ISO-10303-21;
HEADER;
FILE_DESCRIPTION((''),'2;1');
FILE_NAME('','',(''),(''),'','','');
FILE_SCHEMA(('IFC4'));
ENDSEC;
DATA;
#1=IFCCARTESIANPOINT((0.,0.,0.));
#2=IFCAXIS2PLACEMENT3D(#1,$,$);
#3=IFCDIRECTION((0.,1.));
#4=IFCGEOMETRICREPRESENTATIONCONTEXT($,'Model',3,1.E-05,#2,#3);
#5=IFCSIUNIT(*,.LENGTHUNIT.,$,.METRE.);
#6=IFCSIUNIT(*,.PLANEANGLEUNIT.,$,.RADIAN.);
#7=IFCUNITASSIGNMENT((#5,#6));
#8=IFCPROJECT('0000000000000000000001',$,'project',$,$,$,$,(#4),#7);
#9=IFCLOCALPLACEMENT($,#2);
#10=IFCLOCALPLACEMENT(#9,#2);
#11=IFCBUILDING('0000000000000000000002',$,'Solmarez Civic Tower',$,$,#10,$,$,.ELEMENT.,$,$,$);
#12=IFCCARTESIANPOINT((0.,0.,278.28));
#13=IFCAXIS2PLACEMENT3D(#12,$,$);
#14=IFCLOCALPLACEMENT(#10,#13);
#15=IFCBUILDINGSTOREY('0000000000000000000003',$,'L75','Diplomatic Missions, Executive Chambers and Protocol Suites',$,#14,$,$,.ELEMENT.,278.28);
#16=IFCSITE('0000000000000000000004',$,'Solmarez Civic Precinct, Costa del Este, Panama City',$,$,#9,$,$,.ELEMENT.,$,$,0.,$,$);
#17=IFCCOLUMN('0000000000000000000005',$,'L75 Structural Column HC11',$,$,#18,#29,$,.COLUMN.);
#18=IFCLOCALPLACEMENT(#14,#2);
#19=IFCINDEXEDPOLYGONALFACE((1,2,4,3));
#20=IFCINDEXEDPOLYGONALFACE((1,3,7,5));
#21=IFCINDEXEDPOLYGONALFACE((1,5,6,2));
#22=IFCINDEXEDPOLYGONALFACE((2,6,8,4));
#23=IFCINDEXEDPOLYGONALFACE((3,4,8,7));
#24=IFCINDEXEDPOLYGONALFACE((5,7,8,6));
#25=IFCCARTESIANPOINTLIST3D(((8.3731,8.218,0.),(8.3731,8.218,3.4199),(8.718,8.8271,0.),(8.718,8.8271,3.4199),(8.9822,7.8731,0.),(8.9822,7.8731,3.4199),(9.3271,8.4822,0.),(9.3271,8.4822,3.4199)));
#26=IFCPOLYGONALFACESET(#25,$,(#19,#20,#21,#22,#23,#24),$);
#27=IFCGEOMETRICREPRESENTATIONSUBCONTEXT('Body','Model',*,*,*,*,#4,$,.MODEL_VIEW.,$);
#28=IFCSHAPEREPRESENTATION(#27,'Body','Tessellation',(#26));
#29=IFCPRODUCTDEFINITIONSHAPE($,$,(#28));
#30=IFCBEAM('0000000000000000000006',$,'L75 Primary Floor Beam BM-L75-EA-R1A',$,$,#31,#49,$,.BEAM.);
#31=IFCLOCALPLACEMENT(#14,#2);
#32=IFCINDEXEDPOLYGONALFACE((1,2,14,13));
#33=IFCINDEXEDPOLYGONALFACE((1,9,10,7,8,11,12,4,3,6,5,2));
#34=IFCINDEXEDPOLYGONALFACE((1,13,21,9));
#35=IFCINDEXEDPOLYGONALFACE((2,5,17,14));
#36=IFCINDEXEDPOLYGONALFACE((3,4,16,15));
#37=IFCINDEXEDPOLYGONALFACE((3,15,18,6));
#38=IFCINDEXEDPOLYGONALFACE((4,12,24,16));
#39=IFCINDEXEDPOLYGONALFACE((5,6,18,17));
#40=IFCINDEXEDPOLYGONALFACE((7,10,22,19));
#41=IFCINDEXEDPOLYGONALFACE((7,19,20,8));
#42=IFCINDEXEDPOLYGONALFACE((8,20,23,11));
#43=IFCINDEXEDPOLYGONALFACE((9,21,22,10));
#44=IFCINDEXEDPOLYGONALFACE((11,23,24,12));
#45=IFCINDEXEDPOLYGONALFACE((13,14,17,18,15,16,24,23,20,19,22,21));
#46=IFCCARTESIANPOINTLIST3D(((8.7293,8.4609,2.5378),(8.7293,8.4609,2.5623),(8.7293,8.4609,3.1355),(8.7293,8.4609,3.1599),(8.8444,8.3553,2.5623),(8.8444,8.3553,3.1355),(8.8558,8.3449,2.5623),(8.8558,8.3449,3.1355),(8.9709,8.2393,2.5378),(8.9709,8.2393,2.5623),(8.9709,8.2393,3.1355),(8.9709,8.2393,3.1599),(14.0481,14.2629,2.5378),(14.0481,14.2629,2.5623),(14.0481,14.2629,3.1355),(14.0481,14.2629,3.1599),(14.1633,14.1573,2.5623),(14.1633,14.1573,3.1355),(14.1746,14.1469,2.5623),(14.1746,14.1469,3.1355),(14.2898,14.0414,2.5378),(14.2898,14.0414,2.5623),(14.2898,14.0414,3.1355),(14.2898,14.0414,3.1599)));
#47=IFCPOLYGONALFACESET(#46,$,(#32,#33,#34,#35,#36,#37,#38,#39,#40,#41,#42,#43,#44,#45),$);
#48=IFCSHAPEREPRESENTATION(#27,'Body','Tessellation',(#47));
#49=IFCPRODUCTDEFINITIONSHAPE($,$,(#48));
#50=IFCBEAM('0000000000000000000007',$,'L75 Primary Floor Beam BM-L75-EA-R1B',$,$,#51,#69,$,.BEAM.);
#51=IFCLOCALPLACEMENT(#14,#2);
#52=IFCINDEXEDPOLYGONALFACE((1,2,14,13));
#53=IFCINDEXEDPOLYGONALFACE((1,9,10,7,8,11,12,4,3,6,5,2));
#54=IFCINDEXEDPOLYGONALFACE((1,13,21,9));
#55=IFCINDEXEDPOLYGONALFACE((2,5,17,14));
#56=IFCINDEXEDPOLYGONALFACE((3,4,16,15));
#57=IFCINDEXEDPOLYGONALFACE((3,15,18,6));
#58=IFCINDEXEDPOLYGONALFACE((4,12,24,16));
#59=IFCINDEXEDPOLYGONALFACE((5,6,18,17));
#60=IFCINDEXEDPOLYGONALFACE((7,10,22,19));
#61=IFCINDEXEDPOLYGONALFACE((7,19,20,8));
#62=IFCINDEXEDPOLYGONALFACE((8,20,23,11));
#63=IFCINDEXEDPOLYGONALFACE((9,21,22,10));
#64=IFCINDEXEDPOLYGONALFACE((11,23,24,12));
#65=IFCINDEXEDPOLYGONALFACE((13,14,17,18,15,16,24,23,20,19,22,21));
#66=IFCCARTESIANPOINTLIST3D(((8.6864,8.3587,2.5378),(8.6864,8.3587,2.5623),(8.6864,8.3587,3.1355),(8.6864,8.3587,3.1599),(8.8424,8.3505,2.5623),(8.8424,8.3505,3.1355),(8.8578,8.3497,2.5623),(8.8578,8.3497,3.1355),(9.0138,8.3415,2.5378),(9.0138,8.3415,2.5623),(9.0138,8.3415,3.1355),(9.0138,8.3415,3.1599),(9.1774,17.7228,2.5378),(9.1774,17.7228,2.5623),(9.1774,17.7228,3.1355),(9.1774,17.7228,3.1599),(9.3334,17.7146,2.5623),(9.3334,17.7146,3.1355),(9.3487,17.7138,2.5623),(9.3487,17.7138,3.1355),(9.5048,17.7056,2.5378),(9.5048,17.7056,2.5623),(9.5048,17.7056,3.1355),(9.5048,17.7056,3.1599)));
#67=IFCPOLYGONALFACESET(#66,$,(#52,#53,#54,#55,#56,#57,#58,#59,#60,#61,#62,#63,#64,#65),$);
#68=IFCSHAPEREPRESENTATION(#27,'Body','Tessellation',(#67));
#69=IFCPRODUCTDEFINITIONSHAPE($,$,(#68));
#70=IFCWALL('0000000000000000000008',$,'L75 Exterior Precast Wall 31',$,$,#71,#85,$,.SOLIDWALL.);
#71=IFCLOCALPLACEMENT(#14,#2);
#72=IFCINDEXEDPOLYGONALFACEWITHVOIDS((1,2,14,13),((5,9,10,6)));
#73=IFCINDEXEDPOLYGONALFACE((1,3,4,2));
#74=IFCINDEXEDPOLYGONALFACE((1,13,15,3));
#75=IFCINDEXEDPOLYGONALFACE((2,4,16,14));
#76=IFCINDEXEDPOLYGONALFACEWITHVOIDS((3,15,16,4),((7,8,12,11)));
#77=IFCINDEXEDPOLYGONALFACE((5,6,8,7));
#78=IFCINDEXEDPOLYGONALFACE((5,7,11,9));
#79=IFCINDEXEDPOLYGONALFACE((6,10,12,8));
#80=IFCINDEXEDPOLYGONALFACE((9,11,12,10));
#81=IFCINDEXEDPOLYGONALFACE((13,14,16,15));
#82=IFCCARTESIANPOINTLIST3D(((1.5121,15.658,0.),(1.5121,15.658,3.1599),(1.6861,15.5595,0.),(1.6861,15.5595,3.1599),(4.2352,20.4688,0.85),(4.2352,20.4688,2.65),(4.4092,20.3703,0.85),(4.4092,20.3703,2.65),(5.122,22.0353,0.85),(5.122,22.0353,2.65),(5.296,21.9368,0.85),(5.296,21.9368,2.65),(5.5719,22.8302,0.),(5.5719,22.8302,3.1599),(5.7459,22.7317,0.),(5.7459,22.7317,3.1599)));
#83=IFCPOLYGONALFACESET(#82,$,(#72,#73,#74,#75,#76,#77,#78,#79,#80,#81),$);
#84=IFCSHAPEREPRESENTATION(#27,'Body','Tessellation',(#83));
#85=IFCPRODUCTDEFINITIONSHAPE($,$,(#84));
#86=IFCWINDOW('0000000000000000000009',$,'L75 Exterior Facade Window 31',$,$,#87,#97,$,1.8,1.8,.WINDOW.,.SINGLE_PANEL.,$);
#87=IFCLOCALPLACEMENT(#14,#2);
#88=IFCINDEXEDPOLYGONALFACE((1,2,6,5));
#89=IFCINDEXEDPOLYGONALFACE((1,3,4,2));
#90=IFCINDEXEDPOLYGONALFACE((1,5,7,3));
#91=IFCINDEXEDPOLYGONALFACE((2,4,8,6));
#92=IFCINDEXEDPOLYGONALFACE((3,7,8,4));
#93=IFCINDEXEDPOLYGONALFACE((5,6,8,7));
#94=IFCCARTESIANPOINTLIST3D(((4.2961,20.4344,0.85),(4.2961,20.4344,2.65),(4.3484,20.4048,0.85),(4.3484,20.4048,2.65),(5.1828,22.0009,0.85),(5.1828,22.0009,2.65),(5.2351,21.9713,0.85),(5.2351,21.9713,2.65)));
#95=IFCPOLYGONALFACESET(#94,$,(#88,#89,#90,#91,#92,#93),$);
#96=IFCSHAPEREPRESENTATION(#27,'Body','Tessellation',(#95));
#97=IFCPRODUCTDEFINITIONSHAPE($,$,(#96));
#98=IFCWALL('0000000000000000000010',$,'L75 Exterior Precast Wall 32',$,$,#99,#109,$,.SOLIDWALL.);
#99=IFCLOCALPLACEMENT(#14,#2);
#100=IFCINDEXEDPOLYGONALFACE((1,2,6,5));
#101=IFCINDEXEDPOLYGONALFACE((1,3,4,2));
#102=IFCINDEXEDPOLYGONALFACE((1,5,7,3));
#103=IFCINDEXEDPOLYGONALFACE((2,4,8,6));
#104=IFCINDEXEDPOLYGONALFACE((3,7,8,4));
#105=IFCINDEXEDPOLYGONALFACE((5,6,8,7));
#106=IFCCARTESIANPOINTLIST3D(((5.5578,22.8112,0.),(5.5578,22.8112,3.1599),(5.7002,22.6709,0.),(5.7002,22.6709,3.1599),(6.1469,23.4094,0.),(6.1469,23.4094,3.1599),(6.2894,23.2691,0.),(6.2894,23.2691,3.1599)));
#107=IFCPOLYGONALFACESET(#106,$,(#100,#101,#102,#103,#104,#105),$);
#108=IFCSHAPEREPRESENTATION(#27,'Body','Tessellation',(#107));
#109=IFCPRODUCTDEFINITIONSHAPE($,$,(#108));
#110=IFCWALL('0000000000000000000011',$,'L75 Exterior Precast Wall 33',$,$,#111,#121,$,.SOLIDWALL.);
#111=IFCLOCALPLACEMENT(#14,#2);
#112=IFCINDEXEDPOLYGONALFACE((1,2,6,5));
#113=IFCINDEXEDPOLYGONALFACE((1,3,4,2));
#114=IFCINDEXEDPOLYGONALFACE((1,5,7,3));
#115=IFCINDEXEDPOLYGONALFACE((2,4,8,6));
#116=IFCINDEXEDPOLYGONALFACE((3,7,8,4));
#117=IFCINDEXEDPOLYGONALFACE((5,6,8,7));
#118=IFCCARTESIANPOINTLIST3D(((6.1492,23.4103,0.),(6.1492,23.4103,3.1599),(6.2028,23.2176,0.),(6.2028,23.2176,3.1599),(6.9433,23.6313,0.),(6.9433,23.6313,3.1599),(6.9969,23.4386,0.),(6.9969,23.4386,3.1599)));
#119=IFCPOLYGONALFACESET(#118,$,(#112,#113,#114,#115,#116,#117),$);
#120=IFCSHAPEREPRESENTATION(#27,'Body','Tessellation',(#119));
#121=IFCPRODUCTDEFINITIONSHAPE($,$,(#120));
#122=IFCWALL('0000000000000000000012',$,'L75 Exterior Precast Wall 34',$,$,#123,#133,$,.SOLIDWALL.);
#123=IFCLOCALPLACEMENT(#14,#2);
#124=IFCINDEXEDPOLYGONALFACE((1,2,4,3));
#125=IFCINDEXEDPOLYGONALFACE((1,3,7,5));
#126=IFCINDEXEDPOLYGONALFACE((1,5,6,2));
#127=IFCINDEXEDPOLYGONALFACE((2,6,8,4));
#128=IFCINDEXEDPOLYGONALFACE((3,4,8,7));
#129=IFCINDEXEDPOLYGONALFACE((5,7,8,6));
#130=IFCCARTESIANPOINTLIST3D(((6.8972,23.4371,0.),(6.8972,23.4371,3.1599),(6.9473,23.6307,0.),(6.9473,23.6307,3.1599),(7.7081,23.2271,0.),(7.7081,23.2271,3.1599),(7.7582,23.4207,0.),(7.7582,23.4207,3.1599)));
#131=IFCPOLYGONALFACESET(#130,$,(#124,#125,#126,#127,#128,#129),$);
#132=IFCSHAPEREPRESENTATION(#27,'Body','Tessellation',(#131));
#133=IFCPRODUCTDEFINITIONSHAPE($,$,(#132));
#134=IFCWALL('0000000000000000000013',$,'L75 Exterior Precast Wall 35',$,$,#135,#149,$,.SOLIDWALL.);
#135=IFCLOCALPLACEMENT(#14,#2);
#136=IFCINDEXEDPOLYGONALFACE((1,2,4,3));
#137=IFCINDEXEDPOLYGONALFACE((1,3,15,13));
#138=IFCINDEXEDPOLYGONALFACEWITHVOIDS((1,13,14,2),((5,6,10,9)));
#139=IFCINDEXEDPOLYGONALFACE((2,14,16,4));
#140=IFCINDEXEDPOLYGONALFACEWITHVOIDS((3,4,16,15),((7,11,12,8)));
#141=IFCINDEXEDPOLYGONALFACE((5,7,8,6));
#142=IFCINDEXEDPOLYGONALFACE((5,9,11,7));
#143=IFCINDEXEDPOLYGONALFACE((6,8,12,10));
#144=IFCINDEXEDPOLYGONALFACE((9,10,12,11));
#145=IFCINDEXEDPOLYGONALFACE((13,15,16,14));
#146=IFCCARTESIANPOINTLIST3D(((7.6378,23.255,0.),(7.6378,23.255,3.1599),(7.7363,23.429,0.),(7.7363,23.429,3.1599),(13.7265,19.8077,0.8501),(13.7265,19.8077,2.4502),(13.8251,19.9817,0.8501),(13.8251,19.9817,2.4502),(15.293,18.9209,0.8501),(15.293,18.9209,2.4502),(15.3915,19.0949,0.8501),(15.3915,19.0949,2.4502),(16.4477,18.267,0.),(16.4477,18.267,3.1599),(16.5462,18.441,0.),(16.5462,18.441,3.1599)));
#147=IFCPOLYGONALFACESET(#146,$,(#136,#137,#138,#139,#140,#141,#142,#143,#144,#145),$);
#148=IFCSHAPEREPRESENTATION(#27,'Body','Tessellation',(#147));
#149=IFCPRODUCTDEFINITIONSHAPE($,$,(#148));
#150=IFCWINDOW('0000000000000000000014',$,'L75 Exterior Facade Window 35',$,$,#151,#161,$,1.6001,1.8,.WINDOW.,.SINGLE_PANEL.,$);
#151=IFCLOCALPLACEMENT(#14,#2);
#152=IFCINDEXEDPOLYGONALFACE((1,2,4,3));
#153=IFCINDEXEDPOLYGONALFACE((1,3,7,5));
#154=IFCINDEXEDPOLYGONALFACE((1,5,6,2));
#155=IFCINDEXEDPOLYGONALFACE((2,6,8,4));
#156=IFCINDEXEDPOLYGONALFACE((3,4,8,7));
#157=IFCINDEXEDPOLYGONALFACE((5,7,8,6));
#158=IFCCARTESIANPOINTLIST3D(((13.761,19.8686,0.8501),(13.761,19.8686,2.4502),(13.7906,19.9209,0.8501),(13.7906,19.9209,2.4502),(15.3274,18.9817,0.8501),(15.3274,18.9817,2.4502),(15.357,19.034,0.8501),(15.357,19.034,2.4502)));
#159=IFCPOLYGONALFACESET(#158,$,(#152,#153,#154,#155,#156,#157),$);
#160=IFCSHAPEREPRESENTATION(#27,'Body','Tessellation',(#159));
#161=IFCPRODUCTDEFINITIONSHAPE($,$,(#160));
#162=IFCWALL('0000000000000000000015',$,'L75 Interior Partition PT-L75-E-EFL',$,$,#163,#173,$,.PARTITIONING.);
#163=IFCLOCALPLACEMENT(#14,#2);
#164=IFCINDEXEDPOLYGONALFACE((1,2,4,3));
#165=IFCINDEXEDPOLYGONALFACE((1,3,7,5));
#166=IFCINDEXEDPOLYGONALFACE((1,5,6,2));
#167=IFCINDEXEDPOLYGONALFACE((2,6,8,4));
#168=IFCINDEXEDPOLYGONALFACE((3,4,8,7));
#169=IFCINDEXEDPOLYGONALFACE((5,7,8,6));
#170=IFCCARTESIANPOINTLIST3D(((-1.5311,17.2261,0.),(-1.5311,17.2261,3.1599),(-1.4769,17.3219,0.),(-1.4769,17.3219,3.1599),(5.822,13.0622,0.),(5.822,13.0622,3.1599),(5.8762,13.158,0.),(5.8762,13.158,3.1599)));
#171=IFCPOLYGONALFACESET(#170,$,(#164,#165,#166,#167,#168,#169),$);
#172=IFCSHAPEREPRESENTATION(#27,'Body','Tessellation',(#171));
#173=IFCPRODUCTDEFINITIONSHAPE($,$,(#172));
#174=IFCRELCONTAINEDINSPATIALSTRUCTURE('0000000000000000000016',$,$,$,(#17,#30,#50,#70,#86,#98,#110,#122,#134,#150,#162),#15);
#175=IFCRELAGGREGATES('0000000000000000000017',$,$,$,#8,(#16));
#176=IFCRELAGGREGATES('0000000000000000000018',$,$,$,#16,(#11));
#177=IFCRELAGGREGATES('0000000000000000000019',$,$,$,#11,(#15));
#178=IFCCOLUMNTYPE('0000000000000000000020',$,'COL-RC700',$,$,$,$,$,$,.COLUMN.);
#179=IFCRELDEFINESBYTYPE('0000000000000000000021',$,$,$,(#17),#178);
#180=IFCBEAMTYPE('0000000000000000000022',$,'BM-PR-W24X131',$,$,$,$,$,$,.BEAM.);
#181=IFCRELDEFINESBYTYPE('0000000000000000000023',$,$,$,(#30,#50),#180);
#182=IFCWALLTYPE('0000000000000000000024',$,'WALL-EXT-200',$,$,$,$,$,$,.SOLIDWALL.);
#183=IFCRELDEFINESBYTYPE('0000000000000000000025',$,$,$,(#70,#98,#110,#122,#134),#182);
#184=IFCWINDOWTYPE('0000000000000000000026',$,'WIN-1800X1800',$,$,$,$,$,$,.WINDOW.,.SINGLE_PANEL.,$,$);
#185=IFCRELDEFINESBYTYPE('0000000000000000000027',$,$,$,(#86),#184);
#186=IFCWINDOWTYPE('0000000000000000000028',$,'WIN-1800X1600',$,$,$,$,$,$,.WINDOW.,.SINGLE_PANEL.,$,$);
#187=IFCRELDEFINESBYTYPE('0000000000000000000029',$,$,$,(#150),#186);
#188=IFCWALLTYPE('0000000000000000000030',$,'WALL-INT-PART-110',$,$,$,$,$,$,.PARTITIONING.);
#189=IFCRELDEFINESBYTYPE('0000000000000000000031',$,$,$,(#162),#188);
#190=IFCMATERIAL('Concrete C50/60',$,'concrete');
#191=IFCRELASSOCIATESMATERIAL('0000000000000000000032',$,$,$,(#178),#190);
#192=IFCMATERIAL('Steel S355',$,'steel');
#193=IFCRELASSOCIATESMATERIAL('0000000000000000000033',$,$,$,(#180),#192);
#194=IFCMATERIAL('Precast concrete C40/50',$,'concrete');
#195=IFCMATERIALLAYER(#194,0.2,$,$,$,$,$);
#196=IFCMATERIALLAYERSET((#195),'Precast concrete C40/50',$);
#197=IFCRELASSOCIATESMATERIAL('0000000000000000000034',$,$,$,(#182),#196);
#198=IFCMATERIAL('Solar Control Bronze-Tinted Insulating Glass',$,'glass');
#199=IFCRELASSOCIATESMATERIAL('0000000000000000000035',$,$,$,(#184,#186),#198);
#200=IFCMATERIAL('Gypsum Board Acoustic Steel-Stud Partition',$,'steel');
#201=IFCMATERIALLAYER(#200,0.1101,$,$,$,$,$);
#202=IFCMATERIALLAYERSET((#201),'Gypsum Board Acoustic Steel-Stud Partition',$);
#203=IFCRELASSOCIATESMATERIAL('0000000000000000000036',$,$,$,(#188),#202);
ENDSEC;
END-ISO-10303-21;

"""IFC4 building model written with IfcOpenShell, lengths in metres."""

from ifc_helpers import new_model, si_unit, direction, frame, frame_2d, origin, origin_2d, place, context, subcontext, project, spatial, rectangle, i_section, extrude, material, layer, layer_set, material_profile, profile_set, type_object, element, fill, save


model = new_model("IFC4")

# Units and contexts
model_context = context("Model", 3, precision=1e-05, world=origin(), true_north=direction((0.0, 1.0)))
body_context = subcontext(model_context, "Body", "Model", "MODEL_VIEW")
ifc_project = project(units=[si_unit("LENGTHUNIT", "METRE"), si_unit("PLANEANGLEUNIT", "RADIAN")], contexts=[model_context])

# Site, building, storey
site_placement = place(None, origin())
site = spatial("IfcSite", under=ifc_project, at=site_placement, Name="Solmarez Civic Precinct, Costa del Este, Panama City", CompositionType="ELEMENT", RefElevation=0.0)
building_placement = place(site_placement, origin())
building = spatial("IfcBuilding", under=site, at=building_placement, Name="Solmarez Civic Tower", CompositionType="ELEMENT")
storey_placement = place(building_placement, frame((0.0, 0.0, 278.28)))
storey = spatial("IfcBuildingStorey", under=building, at=storey_placement, Name="L75", Description="Diplomatic Missions, Executive Chambers and Protocol Suites", CompositionType="ELEMENT", Elevation=278.28)

# Column
ifc_material_1 = material(Name="Concrete C50/60", Category="concrete")
ifc_material_profile_1 = material_profile(ifc_material_1, rectangle(XDim=0.7, YDim=0.7, at=origin_2d()), Name="RC700X700")
ifc_profile_set_1 = profile_set([ifc_material_profile_1], Name="Concrete C50/60")
column_type = type_object("IfcColumnType", Name="COL-RC700", PredefinedType="COLUMN", material=ifc_profile_set_1)
column_placement = place(storey_placement, frame((8.8501, 8.3501, 0.0), z_axis=(0.0, 0.0, 1.0), x_axis=(0.492727, 0.870184, 0.0)))
element("IfcColumn", 1, at=column_placement, inside=storey, type_object=column_type, Name="L75 Structural Column HC11", PredefinedType="COLUMN", context=body_context, shape_type="SweptSolid", body=[
    extrude(rectangle(XDim=0.7, YDim=0.7, at=origin_2d()), origin(), (0.0, 0.0, 1.0), 3.4199),
])

# Beams
ifc_material_2 = material(Name="Steel S355", Category="steel")
ifc_material_profile_2 = material_profile(ifc_material_2, i_section(OverallWidth=0.3279, OverallDepth=0.6221, WebThickness=0.0154, FlangeThickness=0.0244, at=origin_2d()), Name="W24X131")
ifc_profile_set_2 = profile_set([ifc_material_profile_2], Name="Steel S355")
beam_type = type_object("IfcBeamType", Name="BM-PR-W24X131", PredefinedType="BEAM", material=ifc_profile_set_2)
beam_1_placement = place(storey_placement, frame((8.8501, 8.3501, 2.8489), z_axis=(0.675749, 0.737132, 0.0), x_axis=(-0.737132, 0.675749, 0.0)))
element("IfcBeam", 2, at=beam_1_placement, inside=storey, type_object=beam_type, Name="L75 Primary Floor Beam BM-L75-EA-R1A", PredefinedType="BEAM", context=body_context, shape_type="SweptSolid", body=[
    extrude(i_section(OverallWidth=0.3279, OverallDepth=0.6221, WebThickness=0.0154, FlangeThickness=0.0244, at=origin_2d()), origin(), (0.0, 0.0, 1.0), 7.8711),
])
beam_2_placement = place(storey_placement, frame((8.8501, 8.3501, 2.8489), z_axis=(0.052359, 0.998628, 0.0), x_axis=(-0.998628, 0.052359, 0.0)))
element("IfcBeam", 3, at=beam_2_placement, inside=storey, type_object=beam_type, Name="L75 Primary Floor Beam BM-L75-EA-R1B", PredefinedType="BEAM", context=body_context, shape_type="SweptSolid", body=[
    extrude(i_section(OverallWidth=0.3279, OverallDepth=0.6221, WebThickness=0.0154, FlangeThickness=0.0244, at=origin_2d()), origin(), (0.0, 0.0, 1.0), 9.377),
])

# Wall, opening, window
ifc_material_3 = material(Name="Precast concrete C40/50", Category="concrete")
ifc_layer_1 = layer(ifc_material_3, 0.2)
ifc_layer_set_1 = layer_set([ifc_layer_1], Name="Precast concrete C40/50")
wall_type_1 = type_object("IfcWallType", Name="WALL-EXT-200", PredefinedType="SOLIDWALL", material=ifc_layer_set_1)
wall_1_placement = place(storey_placement, frame((1.5991, 15.6089, 0.0), z_axis=(0.0, 0.0, 1.0), x_axis=(0.49261, 0.87025, 0.0)))
wall_1 = element("IfcWall", 4, at=wall_1_placement, inside=storey, type_object=wall_type_1, Name="L75 Exterior Precast Wall 31", PredefinedType="SOLIDWALL", context=body_context, shape_type="SweptSolid", body=[
    extrude(rectangle(XDim=8.2415, YDim=0.2, at=frame_2d((4.1206, 0.0))), origin(), (0.0, 0.0, 1.0), 3.1599),
])
opening_1_placement = place(wall_1_placement, frame((5.5281, 0.0, 0.8501)))
opening_1 = element("IfcOpeningElement", 5, at=opening_1_placement, cuts=wall_1, PredefinedType="OPENING", context=body_context, shape_type="SweptSolid", body=[
    extrude(rectangle(XDim=1.8, YDim=1.8, at=frame_2d((0.8999, 0.8999))), frame((0.0, 0.1099, 0.0), z_axis=(0.0, -1.0, 0.0), x_axis=(1.0, 0.0, 0.0)), (0.0, 0.0, 1.0), 0.22),
])
ifc_material_4 = material(Name="Solar Control Bronze-Tinted Insulating Glass", Category="glass")
window_type_1 = type_object("IfcWindowType", Name="WIN-1800X1800", PartitioningType="SINGLE_PANEL", PredefinedType="WINDOW", material=ifc_material_4)
window_1_placement = place(opening_1_placement, origin())
window_1 = element("IfcWindow", 6, at=window_1_placement, inside=storey, type_object=window_type_1, Name="L75 Exterior Facade Window 31", OverallHeight=1.8, OverallWidth=1.8, PartitioningType="SINGLE_PANEL", PredefinedType="WINDOW", context=body_context, shape_type="SweptSolid", body=[
    extrude(rectangle(XDim=1.8, YDim=1.8, at=frame_2d((0.8999, 0.8999))), frame((0.0, 0.03, 0.0), z_axis=(0.0, -1.0, 0.0), x_axis=(1.0, 0.0, 0.0)), (0.0, 0.0, 1.0), 0.0601),
])
fill(opening_1, window_1)

# Walls
wall_2_placement = place(storey_placement, frame((5.6289, 22.741, 0.0), z_axis=(0.0, 0.0, 1.0), x_axis=(0.701706, 0.712466, 0.0)))
element("IfcWall", 7, at=wall_2_placement, inside=storey, type_object=wall_type_1, Name="L75 Exterior Precast Wall 32", PredefinedType="SOLIDWALL", context=body_context, shape_type="SweptSolid", body=[
    extrude(rectangle(XDim=0.8396, YDim=0.2, at=frame_2d((0.4199, 0.0))), origin(), (0.0, 0.0, 1.0), 3.1599),
])
wall_3_placement = place(storey_placement, frame((6.176, 23.314, 0.0), z_axis=(0.0, 0.0, 1.0), x_axis=(0.96339, 0.268102, 0.0)))
element("IfcWall", 8, at=wall_3_placement, inside=storey, type_object=wall_type_1, Name="L75 Exterior Precast Wall 33", PredefinedType="SOLIDWALL", context=body_context, shape_type="SweptSolid", body=[
    extrude(rectangle(XDim=0.8242, YDim=0.2, at=frame_2d((0.4121, 0.0))), origin(), (0.0, 0.0, 1.0), 3.1599),
])
wall_4_placement = place(storey_placement, frame((6.9221, 23.5339, 0.0), z_axis=(0.0, 0.0, 1.0), x_axis=(0.968068, -0.250689, 0.0)))
element("IfcWall", 9, at=wall_4_placement, inside=storey, type_object=wall_type_1, Name="L75 Exterior Precast Wall 34", PredefinedType="SOLIDWALL", context=body_context, shape_type="SweptSolid", body=[
    extrude(rectangle(XDim=0.8376, YDim=0.2, at=frame_2d((0.4189, 0.0))), origin(), (0.0, 0.0, 1.0), 3.1599),
])

# Wall, opening, window
wall_5_placement = place(storey_placement, frame((7.687, 23.342, 0.0), z_axis=(0.0, 0.0, 1.0), x_axis=(0.870206, -0.492689, 0.0)))
wall_5 = element("IfcWall", 10, at=wall_5_placement, inside=storey, type_object=wall_type_1, Name="L75 Exterior Precast Wall 35", PredefinedType="SOLIDWALL", context=body_context, shape_type="SweptSolid", body=[
    extrude(rectangle(XDim=10.124, YDim=0.2, at=frame_2d((5.062, 0.0))), origin(), (0.0, 0.0, 1.0), 3.1599),
])
opening_2_placement = place(wall_5_placement, frame((6.9971, 0.0, 0.8501)))
opening_2 = element("IfcOpeningElement", 11, at=opening_2_placement, cuts=wall_5, PredefinedType="OPENING", context=body_context, shape_type="SweptSolid", body=[
    extrude(rectangle(XDim=1.8, YDim=1.6001, at=frame_2d((0.8999, 0.8))), frame((0.0, 0.1099, 0.0), z_axis=(0.0, -1.0, 0.0), x_axis=(1.0, 0.0, 0.0)), (0.0, 0.0, 1.0), 0.22),
])
window_type_2 = type_object("IfcWindowType", Name="WIN-1800X1600", PartitioningType="SINGLE_PANEL", PredefinedType="WINDOW", material=ifc_material_4)
window_2_placement = place(opening_2_placement, origin())
window_2 = element("IfcWindow", 12, at=window_2_placement, inside=storey, type_object=window_type_2, Name="L75 Exterior Facade Window 35", OverallHeight=1.6001, OverallWidth=1.8, PartitioningType="SINGLE_PANEL", PredefinedType="WINDOW", context=body_context, shape_type="SweptSolid", body=[
    extrude(rectangle(XDim=1.8, YDim=1.6001, at=frame_2d((0.8999, 0.8))), frame((0.0, 0.03, 0.0), z_axis=(0.0, -1.0, 0.0), x_axis=(1.0, 0.0, 0.0)), (0.0, 0.0, 1.0), 0.0601),
])
fill(opening_2, window_2)

# Wall
ifc_material_5 = material(Name="Gypsum Board Acoustic Steel-Stud Partition", Category="steel")
ifc_layer_2 = layer(ifc_material_5, 0.1101)
ifc_layer_set_2 = layer_set([ifc_layer_2], Name="Gypsum Board Acoustic Steel-Stud Partition")
wall_type_2 = type_object("IfcWallType", Name="WALL-INT-PART-110", PredefinedType="PARTITIONING", material=ifc_layer_set_2)
wall_6_placement = place(storey_placement, frame((5.8491, 13.1101, 0.0), z_axis=(0.0, 0.0, 1.0), x_axis=(-0.870169, 0.492753, 0.0)))
element("IfcWall", 13, at=wall_6_placement, inside=storey, type_object=wall_type_2, Name="L75 Interior Partition PT-L75-E-EFL", PredefinedType="PARTITIONING", context=body_context, shape_type="SweptSolid", body=[
    extrude(rectangle(XDim=8.4502, YDim=0.1101, at=frame_2d((4.2251, 0.0))), origin(), (0.0, 0.0, 1.0), 3.1599),
])

save(model, "model.ifc")
